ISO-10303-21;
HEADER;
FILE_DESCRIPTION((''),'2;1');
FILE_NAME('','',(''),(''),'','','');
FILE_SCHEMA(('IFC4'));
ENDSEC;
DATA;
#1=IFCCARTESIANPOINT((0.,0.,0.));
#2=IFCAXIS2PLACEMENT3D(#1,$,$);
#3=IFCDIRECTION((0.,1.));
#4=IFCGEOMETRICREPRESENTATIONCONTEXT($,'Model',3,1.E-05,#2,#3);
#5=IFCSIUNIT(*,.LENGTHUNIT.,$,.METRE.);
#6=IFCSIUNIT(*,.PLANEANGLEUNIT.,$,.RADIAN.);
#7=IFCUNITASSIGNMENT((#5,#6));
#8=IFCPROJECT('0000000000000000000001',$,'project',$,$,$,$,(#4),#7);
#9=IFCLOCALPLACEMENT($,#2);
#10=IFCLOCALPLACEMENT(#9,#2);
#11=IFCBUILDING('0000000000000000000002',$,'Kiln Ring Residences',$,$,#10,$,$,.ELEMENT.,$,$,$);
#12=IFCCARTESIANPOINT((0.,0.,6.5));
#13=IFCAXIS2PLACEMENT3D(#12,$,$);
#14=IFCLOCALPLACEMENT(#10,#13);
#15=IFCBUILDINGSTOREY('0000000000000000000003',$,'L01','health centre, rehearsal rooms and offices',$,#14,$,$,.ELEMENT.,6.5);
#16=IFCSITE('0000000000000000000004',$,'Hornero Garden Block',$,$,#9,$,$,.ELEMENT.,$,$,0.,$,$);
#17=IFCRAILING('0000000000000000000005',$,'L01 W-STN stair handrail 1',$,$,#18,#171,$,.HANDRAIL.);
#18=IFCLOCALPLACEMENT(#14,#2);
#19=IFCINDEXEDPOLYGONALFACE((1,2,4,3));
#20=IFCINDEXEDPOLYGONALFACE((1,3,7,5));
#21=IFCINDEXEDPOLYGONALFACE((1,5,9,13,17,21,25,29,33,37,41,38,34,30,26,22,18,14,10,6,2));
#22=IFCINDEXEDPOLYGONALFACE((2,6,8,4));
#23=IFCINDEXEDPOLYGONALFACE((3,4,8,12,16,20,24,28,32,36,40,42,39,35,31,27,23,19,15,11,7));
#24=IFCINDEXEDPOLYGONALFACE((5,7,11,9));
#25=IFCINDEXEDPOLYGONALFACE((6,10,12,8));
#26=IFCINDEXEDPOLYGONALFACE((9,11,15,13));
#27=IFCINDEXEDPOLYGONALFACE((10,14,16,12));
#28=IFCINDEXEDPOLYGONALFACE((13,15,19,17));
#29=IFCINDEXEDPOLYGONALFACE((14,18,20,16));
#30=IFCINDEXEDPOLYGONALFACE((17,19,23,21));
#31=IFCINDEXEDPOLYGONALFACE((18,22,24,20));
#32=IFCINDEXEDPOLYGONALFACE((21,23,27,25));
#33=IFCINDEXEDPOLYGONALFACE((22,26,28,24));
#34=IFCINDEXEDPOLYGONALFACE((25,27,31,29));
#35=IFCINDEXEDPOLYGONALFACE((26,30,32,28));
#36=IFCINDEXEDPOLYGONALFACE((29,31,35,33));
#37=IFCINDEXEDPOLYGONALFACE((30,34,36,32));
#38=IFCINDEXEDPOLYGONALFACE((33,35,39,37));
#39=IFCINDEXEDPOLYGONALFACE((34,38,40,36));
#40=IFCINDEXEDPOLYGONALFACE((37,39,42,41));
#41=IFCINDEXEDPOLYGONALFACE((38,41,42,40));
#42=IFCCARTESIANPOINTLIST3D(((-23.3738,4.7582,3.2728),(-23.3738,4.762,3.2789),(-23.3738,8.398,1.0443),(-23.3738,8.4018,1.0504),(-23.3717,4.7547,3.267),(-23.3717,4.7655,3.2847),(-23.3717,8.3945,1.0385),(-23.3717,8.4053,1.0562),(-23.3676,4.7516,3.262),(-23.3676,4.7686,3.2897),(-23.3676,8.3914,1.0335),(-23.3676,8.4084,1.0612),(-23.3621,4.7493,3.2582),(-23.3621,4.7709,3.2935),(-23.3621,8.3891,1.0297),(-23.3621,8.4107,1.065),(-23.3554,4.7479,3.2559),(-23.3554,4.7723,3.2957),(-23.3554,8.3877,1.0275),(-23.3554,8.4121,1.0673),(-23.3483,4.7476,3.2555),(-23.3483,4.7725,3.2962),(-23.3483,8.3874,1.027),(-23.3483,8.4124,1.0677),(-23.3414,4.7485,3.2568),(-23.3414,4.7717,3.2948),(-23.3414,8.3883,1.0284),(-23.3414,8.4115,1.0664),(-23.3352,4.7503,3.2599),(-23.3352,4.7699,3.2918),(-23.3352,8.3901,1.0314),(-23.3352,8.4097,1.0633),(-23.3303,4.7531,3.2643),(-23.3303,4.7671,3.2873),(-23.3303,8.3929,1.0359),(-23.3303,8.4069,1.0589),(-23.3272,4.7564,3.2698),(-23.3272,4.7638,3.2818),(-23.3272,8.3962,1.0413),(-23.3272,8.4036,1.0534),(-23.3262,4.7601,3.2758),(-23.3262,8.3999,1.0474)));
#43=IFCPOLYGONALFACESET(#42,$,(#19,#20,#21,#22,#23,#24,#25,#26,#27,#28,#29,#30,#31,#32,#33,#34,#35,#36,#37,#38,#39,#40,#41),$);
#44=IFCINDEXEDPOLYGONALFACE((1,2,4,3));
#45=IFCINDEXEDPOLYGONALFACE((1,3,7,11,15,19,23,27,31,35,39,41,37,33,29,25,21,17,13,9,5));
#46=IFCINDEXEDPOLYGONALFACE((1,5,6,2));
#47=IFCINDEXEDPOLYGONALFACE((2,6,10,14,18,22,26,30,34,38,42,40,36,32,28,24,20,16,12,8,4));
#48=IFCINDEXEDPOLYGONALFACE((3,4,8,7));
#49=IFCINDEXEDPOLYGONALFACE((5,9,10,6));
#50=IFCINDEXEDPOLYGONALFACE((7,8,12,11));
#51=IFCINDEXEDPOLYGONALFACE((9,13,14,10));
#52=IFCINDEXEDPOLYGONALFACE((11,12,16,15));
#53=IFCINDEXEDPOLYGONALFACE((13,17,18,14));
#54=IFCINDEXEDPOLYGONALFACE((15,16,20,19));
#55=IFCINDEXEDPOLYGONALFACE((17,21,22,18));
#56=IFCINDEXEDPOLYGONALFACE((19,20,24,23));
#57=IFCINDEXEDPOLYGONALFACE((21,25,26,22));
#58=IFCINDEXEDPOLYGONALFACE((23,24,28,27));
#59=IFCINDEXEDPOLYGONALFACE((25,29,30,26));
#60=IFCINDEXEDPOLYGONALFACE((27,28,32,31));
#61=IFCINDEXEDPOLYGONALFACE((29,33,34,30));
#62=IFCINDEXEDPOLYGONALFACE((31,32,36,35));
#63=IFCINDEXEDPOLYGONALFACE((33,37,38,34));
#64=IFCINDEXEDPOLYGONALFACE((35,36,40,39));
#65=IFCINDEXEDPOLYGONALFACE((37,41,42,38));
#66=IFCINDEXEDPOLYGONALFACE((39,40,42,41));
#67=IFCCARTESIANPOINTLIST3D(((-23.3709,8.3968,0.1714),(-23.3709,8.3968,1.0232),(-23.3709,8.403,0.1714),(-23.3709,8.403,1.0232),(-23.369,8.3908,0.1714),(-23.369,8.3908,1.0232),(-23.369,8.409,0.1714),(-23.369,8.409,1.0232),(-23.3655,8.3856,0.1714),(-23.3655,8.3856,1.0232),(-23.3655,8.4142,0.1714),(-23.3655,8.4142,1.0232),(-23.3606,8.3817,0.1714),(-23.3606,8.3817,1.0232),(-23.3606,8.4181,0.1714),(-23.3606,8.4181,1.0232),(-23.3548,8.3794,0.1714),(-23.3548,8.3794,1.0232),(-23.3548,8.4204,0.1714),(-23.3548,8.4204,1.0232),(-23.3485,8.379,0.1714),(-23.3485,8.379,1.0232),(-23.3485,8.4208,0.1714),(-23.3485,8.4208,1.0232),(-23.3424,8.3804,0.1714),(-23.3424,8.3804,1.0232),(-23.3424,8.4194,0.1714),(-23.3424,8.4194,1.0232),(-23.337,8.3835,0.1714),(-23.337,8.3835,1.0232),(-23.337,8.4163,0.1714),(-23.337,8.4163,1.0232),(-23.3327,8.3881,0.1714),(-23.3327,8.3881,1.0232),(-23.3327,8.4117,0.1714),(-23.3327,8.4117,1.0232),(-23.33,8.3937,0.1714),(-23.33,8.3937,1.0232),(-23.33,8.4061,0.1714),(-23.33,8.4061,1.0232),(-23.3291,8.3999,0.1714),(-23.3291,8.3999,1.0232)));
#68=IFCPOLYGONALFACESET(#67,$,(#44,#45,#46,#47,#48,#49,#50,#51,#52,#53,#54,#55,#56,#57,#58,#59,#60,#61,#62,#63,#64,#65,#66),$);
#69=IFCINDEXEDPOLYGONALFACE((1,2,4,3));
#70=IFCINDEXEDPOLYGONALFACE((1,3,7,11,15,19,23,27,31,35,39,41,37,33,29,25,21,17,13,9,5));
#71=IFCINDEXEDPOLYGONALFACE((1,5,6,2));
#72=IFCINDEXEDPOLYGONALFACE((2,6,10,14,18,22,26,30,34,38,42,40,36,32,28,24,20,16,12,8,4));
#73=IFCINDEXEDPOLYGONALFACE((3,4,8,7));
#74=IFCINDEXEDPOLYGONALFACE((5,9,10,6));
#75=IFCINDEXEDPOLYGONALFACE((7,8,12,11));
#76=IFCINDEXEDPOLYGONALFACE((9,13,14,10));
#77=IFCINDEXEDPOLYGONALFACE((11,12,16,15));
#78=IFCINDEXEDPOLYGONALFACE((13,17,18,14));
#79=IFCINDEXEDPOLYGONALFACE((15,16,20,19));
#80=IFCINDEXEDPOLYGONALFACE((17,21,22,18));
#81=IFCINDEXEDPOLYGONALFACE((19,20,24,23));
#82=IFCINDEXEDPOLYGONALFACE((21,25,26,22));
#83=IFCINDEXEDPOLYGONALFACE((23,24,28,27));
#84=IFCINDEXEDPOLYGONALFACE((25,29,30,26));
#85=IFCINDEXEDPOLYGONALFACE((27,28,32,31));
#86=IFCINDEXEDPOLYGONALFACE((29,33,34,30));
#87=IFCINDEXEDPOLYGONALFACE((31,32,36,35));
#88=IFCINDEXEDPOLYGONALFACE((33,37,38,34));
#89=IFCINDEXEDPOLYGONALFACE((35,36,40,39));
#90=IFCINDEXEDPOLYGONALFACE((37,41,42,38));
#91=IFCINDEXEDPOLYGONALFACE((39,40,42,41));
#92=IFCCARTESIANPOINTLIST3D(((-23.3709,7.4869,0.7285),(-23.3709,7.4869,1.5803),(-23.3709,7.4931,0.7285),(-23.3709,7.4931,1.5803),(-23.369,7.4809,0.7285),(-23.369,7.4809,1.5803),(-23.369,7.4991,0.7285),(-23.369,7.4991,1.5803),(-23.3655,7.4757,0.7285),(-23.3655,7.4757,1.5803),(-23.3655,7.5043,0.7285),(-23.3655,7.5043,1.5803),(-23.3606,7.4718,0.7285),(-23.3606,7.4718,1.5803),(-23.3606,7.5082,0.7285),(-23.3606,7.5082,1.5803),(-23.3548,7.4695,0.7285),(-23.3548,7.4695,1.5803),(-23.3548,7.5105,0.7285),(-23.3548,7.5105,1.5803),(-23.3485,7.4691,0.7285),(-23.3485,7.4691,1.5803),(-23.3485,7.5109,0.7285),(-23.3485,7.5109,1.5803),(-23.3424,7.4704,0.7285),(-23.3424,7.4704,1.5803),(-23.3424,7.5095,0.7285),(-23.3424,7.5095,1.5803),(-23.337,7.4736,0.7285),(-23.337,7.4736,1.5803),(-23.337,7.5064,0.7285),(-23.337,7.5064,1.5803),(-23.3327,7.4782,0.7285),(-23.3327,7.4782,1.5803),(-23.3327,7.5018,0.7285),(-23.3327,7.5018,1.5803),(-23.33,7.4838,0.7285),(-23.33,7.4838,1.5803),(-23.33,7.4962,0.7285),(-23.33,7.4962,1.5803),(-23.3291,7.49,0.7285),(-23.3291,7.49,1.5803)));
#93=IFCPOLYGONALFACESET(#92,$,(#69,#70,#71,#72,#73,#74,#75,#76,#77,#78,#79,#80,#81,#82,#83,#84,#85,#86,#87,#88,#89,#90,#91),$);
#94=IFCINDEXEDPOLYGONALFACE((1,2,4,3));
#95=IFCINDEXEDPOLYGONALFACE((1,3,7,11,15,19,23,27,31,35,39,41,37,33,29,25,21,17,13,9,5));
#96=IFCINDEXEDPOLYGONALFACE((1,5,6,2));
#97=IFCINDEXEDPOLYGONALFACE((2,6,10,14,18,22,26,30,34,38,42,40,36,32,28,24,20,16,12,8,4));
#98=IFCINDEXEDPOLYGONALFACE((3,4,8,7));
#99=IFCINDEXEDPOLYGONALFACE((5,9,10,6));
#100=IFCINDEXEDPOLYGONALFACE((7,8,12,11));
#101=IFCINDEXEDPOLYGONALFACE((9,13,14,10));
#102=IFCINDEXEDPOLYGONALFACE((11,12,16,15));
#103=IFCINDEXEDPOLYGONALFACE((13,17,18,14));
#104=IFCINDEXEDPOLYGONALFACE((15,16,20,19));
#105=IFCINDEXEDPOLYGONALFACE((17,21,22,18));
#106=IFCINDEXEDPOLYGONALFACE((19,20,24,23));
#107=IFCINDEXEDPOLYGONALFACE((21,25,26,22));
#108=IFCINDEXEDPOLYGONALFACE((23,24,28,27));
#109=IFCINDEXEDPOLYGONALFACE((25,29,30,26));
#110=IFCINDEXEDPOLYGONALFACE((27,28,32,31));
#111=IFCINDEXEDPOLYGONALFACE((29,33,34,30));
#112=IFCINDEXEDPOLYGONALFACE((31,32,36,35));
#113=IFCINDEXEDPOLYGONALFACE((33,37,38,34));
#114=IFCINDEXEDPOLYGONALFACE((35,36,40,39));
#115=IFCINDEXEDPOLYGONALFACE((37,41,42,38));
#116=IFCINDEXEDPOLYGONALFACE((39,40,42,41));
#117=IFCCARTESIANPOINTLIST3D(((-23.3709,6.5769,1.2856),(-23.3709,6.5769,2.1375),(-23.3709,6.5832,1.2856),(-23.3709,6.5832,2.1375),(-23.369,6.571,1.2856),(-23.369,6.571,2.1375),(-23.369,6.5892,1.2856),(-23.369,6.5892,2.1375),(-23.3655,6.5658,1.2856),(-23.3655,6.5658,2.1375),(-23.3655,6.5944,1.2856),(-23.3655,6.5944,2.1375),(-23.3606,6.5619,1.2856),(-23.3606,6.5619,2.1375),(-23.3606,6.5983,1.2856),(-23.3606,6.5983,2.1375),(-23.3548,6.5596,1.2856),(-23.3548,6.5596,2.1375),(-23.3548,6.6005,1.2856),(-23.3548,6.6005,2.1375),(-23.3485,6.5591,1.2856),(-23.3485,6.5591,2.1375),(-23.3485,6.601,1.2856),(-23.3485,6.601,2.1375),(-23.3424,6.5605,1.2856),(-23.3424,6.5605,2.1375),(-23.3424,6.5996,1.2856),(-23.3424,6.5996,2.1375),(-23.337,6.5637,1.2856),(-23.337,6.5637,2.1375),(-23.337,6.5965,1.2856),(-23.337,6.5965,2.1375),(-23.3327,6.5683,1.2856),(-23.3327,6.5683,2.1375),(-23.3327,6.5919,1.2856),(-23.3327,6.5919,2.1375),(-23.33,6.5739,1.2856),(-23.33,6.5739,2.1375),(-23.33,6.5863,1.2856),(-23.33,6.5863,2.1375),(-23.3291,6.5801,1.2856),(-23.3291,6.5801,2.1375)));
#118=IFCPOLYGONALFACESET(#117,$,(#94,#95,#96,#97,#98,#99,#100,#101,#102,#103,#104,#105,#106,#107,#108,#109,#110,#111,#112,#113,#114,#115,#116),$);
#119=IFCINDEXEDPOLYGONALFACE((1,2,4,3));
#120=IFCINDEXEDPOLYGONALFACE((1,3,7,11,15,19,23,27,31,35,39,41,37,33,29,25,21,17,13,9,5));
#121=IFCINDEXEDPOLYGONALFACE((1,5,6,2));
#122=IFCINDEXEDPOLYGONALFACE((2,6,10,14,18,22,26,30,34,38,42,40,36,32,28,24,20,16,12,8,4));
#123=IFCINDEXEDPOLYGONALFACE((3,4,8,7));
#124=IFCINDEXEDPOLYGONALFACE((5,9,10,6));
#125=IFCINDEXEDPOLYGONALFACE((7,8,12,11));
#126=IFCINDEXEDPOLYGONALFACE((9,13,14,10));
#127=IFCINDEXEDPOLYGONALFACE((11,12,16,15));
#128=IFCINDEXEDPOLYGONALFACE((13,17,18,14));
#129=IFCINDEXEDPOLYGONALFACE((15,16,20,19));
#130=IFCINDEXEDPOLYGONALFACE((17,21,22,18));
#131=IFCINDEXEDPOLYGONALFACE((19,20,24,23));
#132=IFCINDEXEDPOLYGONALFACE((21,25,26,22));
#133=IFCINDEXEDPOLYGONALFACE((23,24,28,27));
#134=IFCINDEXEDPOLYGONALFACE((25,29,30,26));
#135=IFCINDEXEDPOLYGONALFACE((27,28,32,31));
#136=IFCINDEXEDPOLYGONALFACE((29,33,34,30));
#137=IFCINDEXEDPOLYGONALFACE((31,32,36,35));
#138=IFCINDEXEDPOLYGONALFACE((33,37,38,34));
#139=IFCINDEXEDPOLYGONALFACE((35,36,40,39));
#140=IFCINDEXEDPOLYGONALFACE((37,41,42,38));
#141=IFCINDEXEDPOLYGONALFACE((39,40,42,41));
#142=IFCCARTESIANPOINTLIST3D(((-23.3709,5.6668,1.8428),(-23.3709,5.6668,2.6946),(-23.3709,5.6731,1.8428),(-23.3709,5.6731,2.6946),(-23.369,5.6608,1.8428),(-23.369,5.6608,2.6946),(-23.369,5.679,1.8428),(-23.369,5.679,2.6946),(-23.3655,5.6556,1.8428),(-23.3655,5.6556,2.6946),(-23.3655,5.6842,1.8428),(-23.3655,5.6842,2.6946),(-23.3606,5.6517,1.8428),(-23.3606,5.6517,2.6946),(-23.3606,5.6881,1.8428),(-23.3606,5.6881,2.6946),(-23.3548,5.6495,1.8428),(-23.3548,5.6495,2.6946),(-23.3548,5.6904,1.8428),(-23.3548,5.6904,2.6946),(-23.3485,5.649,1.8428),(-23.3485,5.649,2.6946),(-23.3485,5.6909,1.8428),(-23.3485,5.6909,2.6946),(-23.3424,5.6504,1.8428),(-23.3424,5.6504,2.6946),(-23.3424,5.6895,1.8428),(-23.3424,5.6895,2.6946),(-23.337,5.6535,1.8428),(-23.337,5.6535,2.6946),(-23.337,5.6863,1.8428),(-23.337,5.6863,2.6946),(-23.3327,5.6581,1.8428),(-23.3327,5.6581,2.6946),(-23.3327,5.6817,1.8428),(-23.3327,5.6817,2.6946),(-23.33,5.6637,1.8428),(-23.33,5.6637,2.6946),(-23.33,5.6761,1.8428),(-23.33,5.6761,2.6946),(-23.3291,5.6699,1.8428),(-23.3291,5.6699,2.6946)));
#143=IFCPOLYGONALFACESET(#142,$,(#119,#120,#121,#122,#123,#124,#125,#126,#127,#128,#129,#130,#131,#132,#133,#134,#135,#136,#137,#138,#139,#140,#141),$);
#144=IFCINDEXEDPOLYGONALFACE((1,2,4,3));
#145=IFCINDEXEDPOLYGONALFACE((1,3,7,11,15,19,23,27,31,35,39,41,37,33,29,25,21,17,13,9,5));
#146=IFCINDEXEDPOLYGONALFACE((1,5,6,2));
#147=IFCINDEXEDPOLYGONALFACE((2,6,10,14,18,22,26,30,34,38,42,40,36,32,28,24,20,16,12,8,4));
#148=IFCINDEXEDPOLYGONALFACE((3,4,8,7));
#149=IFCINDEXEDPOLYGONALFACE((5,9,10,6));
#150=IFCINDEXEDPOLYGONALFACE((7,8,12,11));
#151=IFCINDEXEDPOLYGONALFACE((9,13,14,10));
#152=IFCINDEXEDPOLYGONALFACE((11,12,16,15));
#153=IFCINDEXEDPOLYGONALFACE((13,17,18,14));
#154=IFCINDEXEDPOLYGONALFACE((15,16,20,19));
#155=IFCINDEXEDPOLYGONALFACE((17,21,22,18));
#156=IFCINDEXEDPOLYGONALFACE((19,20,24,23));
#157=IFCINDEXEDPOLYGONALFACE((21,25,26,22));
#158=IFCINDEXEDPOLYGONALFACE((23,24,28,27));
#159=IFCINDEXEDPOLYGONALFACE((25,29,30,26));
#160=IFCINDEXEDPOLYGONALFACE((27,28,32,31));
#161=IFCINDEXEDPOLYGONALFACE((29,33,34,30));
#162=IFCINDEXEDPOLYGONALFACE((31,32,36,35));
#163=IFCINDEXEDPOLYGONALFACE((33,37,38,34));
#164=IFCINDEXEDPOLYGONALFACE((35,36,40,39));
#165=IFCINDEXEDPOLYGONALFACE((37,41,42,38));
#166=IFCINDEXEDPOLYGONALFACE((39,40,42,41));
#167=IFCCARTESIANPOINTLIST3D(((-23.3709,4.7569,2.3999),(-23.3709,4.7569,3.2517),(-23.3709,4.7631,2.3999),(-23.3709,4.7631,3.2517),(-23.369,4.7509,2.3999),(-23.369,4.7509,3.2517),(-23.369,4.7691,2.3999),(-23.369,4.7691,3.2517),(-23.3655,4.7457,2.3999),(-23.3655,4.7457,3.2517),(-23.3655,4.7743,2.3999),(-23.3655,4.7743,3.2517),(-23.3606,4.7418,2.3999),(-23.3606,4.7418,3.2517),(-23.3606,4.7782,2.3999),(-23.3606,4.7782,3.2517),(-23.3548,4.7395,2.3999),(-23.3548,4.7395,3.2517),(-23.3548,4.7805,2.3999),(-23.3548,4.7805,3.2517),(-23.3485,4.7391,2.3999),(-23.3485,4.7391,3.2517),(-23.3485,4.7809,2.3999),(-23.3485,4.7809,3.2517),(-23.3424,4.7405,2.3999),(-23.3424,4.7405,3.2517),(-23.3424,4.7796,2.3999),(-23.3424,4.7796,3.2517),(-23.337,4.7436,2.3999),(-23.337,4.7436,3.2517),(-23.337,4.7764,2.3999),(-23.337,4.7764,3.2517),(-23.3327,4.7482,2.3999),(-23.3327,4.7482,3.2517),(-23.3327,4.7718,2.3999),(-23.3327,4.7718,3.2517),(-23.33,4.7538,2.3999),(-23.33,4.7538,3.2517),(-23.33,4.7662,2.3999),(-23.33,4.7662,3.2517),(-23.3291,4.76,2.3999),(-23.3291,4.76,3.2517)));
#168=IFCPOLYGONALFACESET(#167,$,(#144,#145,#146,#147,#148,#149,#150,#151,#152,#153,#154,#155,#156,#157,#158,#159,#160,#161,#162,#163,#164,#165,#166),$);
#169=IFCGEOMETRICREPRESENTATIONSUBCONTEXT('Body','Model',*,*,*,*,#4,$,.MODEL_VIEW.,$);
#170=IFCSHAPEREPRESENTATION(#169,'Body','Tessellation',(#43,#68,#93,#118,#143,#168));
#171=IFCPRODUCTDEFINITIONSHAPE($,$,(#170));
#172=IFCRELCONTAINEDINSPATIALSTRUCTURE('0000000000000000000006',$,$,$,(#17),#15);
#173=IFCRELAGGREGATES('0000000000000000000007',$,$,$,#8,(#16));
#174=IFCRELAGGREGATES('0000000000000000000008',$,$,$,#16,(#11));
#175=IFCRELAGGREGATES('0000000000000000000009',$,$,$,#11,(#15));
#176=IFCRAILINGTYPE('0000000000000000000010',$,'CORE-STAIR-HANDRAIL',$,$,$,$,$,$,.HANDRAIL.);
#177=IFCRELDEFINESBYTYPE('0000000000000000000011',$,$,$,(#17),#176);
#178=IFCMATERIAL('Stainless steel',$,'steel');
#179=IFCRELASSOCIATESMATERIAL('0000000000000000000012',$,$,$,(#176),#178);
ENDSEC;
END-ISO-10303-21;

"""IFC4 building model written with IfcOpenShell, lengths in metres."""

from ifc_helpers import new_model, si_unit, direction, frame, origin, origin_2d, place, context, subcontext, project, spatial, circle, extrude, material, type_object, element, save


model = new_model("IFC4")

# Units and contexts
model_context = context("Model", 3, precision=1e-05, world=origin(), true_north=direction((0.0, 1.0)))
body_context = subcontext(model_context, "Body", "Model", "MODEL_VIEW")
ifc_project = project(units=[si_unit("LENGTHUNIT", "METRE"), si_unit("PLANEANGLEUNIT", "RADIAN")], contexts=[model_context])

# Site, building, storey
site_placement = place(None, origin())
site = spatial("IfcSite", under=ifc_project, at=site_placement, Name="Hornero Garden Block", CompositionType="ELEMENT", RefElevation=0.0)
building_placement = place(site_placement, origin())
building = spatial("IfcBuilding", under=site, at=building_placement, Name="Kiln Ring Residences", CompositionType="ELEMENT")
storey_placement = place(building_placement, frame((0.0, 0.0, 6.5)))
storey = spatial("IfcBuildingStorey", under=building, at=storey_placement, Name="L01", Description="health centre, rehearsal rooms and offices", CompositionType="ELEMENT", Elevation=6.5)

# Railing
ifc_material_1 = material(Name="Stainless steel", Category="steel")
railing_type_1 = type_object("IfcRailingType", Name="CORE-STAIR-HANDRAIL", PredefinedType="HANDRAIL", material=ifc_material_1)
railing_1_placement = place(storey_placement, frame((-23.3501, 8.3999, 0.1714)))
element("IfcRailing", 1, at=railing_1_placement, inside=storey, type_object=railing_type_1, Name="L01 W-STN stair handrail 1", PredefinedType="HANDRAIL", context=body_context, shape_type="SweptSolid", body=[
    extrude(circle(Radius=0.0239, at=origin_2d()), frame((0.0, 0.0, 0.876), z_axis=(0.0, -0.85285, 0.522156), x_axis=(1.0, 0.0, 0.0)), (0.0, 0.0, 1.0), 4.2678),
    extrude(circle(Radius=0.021, at=origin_2d()), origin(), (0.0, 0.0, 1.0), 0.8518),
    extrude(circle(Radius=0.021, at=origin_2d()), frame((0.0, -0.9099, 0.5571)), (0.0, 0.0, 1.0), 0.8518),
    extrude(circle(Radius=0.021, at=origin_2d()), frame((0.0, -1.8198, 1.1143)), (0.0, 0.0, 1.0), 0.8518),
    extrude(circle(Radius=0.021, at=origin_2d()), frame((0.0, -2.73, 1.6714)), (0.0, 0.0, 1.0), 0.8518),
    extrude(circle(Radius=0.021, at=origin_2d()), frame((0.0, -3.6399, 2.2285)), (0.0, 0.0, 1.0), 0.8518),
])

save(model, "model.ifc")
